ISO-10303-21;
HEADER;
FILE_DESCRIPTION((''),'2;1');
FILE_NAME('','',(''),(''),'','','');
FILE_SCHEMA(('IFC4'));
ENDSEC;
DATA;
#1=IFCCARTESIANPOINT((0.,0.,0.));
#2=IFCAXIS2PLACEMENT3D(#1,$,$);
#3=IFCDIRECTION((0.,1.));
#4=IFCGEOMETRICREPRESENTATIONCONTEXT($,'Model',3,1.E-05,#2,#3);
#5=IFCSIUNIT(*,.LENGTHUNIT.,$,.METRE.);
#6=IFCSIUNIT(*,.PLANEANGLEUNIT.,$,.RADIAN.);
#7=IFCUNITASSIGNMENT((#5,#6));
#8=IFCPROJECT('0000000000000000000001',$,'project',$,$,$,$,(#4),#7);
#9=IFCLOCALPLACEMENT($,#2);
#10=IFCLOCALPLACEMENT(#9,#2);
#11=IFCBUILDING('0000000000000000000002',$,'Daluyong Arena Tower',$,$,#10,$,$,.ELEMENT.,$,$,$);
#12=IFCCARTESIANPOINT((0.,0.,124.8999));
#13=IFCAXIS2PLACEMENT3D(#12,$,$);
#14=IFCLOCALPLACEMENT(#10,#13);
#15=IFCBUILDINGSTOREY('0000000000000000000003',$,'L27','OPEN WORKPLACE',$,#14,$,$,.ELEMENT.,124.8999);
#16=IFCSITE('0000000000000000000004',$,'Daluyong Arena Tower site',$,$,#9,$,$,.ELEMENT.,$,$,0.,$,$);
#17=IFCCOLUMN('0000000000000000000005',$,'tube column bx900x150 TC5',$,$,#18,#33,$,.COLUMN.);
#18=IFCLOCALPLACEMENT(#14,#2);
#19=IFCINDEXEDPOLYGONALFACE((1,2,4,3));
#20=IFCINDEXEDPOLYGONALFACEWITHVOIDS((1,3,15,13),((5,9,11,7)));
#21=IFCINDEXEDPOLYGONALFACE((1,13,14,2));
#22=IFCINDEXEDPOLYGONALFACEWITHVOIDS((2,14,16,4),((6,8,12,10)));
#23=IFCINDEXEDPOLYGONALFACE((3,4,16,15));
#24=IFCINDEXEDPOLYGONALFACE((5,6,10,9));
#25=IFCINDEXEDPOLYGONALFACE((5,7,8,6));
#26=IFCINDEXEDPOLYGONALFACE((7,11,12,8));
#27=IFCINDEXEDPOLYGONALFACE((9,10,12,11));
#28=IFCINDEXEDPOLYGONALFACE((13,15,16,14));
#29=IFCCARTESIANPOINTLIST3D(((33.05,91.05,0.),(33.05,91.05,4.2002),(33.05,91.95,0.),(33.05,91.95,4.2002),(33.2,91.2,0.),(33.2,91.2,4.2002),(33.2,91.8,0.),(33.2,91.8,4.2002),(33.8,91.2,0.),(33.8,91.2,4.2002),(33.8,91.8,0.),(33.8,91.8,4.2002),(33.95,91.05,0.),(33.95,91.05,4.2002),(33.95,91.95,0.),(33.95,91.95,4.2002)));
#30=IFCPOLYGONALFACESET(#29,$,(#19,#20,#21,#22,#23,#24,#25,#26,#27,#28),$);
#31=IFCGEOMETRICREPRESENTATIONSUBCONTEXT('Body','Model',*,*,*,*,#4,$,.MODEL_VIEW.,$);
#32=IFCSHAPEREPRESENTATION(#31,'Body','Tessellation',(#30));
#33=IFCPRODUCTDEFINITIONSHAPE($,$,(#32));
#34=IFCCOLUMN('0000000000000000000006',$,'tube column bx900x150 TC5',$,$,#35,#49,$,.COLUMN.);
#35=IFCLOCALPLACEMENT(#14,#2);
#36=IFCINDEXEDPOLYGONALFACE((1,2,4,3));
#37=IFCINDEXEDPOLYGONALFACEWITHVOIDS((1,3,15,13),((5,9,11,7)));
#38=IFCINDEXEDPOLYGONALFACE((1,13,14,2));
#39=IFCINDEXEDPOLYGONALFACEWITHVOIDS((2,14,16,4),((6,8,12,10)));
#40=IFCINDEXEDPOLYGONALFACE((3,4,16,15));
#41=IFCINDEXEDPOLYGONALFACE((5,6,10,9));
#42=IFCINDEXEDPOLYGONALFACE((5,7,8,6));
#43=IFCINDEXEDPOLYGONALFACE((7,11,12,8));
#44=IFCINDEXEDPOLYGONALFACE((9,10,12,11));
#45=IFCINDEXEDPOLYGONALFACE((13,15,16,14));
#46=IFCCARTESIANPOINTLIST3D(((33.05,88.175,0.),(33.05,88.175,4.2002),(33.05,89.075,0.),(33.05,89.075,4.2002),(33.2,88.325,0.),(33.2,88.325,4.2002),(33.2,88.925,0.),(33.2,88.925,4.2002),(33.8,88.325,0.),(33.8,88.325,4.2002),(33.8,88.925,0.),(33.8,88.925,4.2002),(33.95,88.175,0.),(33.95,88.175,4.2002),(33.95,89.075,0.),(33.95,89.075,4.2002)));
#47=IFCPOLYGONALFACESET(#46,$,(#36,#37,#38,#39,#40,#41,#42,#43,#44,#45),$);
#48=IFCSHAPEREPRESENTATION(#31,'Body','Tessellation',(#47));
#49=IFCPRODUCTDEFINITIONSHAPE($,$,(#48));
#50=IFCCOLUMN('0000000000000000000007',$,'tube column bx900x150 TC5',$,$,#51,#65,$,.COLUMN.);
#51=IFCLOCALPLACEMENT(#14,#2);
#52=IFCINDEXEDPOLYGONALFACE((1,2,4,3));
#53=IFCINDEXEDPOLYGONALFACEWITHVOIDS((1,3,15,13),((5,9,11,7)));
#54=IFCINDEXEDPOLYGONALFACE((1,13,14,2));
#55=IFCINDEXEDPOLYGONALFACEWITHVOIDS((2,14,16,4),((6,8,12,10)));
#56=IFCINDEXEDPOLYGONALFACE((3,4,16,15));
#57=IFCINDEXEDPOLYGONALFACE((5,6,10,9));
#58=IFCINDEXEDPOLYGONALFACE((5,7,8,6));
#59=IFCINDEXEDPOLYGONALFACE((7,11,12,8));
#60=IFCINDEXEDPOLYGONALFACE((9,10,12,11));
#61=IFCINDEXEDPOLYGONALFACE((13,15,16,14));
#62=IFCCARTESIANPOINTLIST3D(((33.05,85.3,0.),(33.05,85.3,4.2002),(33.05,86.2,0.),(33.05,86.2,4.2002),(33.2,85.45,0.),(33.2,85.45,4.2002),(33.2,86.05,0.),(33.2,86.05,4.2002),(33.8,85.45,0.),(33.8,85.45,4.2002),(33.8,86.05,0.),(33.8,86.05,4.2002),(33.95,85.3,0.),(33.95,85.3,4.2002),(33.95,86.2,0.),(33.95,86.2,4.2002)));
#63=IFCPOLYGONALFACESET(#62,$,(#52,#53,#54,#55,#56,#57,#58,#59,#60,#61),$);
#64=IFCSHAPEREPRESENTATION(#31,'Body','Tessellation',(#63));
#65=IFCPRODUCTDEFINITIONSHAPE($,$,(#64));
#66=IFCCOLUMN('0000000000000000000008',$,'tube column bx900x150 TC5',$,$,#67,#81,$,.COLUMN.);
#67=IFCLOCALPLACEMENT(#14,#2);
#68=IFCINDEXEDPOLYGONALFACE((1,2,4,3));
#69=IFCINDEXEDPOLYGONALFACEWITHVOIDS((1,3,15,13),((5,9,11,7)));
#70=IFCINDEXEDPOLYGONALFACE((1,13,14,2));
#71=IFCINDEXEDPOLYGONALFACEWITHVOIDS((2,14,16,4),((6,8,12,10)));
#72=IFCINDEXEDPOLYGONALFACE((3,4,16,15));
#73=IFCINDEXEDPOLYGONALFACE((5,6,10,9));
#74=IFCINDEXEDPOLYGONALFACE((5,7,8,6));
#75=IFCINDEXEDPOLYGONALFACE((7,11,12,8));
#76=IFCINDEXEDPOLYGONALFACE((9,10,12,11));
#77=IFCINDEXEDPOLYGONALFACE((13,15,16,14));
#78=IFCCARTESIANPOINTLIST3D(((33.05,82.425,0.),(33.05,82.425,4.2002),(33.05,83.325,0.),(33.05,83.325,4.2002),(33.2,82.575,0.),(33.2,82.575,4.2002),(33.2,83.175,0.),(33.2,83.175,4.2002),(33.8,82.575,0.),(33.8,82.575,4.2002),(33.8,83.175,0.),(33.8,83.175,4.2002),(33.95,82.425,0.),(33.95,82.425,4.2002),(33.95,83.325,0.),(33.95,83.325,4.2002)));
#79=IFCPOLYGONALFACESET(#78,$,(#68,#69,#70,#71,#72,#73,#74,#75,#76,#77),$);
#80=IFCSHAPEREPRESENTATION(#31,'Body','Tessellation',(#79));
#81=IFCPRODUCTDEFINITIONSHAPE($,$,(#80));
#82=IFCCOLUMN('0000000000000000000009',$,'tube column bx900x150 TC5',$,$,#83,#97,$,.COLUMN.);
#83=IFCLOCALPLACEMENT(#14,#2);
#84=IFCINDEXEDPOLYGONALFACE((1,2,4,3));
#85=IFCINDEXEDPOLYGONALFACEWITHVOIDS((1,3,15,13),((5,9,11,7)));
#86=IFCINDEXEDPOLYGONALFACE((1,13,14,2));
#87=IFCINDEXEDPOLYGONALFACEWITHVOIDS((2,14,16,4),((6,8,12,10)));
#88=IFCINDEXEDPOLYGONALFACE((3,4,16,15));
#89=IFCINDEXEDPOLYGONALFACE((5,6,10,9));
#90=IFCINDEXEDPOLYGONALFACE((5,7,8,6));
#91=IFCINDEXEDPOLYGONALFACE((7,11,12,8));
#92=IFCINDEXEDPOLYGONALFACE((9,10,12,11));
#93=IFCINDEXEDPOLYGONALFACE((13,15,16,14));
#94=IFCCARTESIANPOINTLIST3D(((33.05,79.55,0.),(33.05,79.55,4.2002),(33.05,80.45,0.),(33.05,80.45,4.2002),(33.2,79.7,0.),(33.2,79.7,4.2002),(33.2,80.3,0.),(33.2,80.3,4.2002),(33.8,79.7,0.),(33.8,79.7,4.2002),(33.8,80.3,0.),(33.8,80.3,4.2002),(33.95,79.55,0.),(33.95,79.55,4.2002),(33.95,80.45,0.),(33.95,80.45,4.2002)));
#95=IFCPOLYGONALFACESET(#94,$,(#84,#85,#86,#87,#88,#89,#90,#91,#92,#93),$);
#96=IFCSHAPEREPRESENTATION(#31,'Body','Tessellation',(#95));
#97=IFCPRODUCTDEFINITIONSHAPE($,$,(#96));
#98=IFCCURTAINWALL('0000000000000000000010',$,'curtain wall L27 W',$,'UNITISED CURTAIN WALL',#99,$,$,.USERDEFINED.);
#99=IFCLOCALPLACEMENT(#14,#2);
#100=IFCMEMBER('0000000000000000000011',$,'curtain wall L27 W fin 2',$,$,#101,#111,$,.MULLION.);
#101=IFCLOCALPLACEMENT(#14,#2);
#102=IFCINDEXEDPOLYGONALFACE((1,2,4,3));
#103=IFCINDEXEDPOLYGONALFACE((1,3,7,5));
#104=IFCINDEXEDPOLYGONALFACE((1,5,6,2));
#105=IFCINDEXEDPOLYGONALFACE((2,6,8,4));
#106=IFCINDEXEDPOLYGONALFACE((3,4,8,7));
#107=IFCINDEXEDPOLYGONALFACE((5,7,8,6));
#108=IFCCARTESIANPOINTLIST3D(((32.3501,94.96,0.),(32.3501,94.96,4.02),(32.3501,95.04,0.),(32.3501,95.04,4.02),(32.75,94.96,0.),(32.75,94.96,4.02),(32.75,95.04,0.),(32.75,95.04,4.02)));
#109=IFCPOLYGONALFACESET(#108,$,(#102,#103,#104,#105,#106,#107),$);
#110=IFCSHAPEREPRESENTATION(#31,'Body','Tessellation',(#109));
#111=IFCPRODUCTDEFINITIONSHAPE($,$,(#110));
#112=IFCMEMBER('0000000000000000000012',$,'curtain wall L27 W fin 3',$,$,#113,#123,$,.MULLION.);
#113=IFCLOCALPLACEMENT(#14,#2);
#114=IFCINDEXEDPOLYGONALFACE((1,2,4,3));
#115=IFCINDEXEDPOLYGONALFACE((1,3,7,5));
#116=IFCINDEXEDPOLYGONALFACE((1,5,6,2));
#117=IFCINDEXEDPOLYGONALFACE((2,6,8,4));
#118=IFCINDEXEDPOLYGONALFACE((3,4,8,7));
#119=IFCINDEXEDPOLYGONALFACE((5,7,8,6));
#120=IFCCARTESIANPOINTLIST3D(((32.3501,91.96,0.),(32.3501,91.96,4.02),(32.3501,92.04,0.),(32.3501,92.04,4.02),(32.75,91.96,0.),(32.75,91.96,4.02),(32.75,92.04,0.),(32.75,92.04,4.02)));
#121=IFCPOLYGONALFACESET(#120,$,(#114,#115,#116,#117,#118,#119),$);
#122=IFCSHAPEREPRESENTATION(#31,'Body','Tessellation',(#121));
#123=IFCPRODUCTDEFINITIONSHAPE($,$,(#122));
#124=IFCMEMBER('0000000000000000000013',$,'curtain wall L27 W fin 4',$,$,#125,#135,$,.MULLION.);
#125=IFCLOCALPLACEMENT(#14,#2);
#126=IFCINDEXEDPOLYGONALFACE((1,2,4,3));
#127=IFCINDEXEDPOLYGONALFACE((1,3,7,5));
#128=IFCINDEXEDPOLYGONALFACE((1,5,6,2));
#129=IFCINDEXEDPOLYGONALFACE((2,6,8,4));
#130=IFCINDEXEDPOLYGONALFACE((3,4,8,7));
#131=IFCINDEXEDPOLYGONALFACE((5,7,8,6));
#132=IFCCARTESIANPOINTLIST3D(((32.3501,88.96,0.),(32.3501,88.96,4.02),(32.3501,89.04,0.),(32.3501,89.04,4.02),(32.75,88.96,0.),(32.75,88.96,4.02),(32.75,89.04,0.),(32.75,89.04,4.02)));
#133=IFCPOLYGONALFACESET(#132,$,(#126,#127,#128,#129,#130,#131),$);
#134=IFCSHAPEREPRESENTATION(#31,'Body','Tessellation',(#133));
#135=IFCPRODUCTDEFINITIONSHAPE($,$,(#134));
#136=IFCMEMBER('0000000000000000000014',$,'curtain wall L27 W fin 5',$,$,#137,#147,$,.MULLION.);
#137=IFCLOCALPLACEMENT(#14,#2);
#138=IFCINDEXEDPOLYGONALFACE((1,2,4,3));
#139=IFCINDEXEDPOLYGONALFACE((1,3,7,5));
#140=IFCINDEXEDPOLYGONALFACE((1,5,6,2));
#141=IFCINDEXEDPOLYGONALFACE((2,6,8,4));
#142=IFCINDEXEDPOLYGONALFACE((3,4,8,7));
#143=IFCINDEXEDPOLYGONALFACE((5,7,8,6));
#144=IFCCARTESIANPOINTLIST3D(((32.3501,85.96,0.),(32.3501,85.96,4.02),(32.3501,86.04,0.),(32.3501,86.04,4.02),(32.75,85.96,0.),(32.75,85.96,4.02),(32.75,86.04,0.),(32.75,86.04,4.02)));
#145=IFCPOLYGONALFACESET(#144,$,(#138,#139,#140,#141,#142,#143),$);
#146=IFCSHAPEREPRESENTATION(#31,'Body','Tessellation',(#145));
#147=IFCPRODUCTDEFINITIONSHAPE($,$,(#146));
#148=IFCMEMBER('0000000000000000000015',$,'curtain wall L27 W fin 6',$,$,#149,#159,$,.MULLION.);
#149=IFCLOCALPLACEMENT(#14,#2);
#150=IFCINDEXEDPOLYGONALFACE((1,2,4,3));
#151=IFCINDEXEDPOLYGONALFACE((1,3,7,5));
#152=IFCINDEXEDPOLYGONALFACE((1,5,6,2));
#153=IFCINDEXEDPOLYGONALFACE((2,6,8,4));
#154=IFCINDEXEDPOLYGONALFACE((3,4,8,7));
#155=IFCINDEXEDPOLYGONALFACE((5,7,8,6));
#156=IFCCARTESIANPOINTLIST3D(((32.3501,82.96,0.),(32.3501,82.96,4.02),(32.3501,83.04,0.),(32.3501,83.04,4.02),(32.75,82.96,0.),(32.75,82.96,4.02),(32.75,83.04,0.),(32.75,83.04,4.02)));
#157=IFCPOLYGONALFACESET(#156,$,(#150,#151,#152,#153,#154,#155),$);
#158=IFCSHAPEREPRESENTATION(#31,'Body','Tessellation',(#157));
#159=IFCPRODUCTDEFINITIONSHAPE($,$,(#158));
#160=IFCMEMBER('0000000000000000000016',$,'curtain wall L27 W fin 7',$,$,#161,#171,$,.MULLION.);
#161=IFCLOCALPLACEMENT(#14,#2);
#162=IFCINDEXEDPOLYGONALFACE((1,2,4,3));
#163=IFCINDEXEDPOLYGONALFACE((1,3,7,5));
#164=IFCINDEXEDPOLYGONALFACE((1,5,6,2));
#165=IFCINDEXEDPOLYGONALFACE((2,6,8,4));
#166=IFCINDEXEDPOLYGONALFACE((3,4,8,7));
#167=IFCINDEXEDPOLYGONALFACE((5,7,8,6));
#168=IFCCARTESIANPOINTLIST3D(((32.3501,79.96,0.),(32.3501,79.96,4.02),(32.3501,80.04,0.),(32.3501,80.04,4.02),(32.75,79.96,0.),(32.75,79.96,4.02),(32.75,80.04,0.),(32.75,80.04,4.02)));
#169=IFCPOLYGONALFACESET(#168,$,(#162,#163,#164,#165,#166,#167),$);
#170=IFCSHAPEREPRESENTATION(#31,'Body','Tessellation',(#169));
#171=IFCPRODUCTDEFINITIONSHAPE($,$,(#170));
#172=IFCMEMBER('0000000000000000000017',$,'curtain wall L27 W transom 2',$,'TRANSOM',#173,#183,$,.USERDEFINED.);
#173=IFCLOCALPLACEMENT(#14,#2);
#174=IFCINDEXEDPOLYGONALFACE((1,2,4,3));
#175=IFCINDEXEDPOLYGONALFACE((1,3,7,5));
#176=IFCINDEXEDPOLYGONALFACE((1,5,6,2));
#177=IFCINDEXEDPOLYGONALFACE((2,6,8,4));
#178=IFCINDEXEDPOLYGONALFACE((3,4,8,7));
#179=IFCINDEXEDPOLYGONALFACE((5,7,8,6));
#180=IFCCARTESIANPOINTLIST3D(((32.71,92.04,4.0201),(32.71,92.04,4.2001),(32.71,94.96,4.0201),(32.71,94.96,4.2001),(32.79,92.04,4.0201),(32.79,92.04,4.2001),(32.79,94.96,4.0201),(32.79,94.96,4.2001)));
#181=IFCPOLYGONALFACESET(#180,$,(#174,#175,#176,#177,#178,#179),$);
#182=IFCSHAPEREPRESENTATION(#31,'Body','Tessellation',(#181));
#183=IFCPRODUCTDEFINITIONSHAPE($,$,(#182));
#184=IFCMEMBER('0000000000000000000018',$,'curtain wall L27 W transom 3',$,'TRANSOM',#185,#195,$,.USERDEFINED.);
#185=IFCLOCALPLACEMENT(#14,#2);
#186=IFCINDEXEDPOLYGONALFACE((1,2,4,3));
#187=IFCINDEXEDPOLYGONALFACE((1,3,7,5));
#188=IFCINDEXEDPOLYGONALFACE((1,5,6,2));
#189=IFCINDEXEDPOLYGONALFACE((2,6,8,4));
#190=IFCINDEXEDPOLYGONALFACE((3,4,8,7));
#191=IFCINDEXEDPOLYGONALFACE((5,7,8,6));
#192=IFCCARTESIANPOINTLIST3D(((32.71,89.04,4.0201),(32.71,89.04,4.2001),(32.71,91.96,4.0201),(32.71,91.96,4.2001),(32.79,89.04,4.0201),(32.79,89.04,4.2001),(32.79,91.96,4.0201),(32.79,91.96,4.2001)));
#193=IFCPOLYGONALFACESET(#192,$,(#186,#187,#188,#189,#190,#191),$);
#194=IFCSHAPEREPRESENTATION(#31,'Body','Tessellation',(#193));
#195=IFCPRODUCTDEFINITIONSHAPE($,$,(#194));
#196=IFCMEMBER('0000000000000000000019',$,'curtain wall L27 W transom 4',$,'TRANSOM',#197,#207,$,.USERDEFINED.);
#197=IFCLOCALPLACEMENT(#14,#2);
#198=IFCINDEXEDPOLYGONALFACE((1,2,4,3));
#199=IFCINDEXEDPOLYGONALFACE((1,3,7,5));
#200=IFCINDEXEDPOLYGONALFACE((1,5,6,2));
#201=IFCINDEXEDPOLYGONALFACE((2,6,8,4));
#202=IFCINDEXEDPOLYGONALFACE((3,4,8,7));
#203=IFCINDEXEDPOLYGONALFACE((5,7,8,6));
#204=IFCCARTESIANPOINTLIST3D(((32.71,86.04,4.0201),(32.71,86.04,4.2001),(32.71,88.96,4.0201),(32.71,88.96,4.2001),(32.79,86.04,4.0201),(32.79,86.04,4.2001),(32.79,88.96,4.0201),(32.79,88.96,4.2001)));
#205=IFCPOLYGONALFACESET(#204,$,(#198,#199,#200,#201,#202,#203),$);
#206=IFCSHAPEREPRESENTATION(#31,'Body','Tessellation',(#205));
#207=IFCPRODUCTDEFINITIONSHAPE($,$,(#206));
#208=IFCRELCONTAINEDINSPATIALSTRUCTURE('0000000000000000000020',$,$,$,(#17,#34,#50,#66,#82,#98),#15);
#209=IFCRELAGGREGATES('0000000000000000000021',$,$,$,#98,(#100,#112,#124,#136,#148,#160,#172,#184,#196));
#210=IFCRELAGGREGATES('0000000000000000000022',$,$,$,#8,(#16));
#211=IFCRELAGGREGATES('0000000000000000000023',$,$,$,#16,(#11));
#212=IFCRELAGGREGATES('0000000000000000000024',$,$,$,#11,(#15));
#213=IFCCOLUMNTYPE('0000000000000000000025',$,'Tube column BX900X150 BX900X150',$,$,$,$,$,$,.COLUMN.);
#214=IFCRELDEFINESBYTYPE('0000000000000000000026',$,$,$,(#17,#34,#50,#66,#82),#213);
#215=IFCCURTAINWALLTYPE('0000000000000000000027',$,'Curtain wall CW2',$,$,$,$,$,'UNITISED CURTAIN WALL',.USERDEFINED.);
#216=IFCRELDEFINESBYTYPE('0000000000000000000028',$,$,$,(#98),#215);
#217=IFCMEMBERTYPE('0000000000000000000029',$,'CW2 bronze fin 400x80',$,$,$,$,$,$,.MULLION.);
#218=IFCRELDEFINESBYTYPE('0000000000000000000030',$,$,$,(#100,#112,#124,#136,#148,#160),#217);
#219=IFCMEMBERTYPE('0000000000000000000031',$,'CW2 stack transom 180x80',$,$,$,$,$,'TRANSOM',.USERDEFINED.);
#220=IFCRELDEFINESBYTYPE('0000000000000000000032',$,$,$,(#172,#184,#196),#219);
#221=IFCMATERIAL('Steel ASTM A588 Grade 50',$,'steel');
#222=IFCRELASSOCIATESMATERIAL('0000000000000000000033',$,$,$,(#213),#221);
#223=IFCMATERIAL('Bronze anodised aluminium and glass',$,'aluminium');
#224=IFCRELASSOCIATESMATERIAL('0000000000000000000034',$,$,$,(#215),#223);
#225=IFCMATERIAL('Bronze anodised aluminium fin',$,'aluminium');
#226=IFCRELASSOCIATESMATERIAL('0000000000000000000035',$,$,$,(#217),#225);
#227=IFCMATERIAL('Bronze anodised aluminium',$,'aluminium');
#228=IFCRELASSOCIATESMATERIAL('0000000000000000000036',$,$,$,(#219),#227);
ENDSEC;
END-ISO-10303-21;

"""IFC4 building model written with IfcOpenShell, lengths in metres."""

from ifc_helpers import new_model, si_unit, direction, frame, origin, origin_2d, place, context, subcontext, project, spatial, rectangle, hollow_rectangle, extrude, material, material_profile, profile_set, type_object, element, aggregate, save


model = new_model("IFC4")

# Units and contexts
model_context = context("Model", 3, precision=1e-05, world=origin(), true_north=direction((0.0, 1.0)))
body_context = subcontext(model_context, "Body", "Model", "MODEL_VIEW")
ifc_project = project(units=[si_unit("LENGTHUNIT", "METRE"), si_unit("PLANEANGLEUNIT", "RADIAN")], contexts=[model_context])

# Site, building, storey
site_placement = place(None, origin())
site = spatial("IfcSite", under=ifc_project, at=site_placement, Name="Daluyong Arena Tower site", CompositionType="ELEMENT", RefElevation=0.0)
building_placement = place(site_placement, origin())
building = spatial("IfcBuilding", under=site, at=building_placement, Name="Daluyong Arena Tower", CompositionType="ELEMENT")
storey_placement = place(building_placement, frame((0.0, 0.0, 124.8999)))
storey = spatial("IfcBuildingStorey", under=building, at=storey_placement, Name="L27", Description="OPEN WORKPLACE", CompositionType="ELEMENT", Elevation=124.8999)

# Columns
ifc_material_1 = material(Name="Steel ASTM A588 Grade 50", Category="steel")
ifc_material_profile_1 = material_profile(ifc_material_1, hollow_rectangle(XDim=0.8999, YDim=0.8999, WallThickness=0.15, at=origin_2d()))
ifc_profile_set_1 = profile_set([ifc_material_profile_1], Name="Steel ASTM A588 Grade 50")
column_type = type_object("IfcColumnType", Name="Tube column BX900X150 BX900X150", PredefinedType="COLUMN", material=ifc_profile_set_1)
for number, where, z_axis, x_axis, name in (
    (1, (33.5, 91.5, 0.0), (0.0, 0.0, 1.0), (0.0, 1.0, 0.0), "tube column bx900x150 TC5"),
    (2, (33.5, 88.625, 0.0), (0.0, 0.0, 1.0), (0.0, 1.0, 0.0), "tube column bx900x150 TC5"),
    (3, (33.5, 85.75, 0.0), (0.0, 0.0, 1.0), (0.0, 1.0, 0.0), "tube column bx900x150 TC5"),
    (4, (33.5, 82.875, 0.0), (0.0, 0.0, 1.0), (0.0, 1.0, 0.0), "tube column bx900x150 TC5"),
    (5, (33.5, 80.0, 0.0), (0.0, 0.0, 1.0), (0.0, 1.0, 0.0), "tube column bx900x150 TC5"),
):
    element("IfcColumn", number, at=place(storey_placement, frame(where, z_axis=z_axis, x_axis=x_axis)), inside=storey, type_object=column_type, Name=name, PredefinedType="COLUMN", context=body_context, shape_type="SweptSolid", body=[
        extrude(hollow_rectangle(XDim=0.8999, YDim=0.8999, WallThickness=0.15, at=origin_2d()), origin(), (0.0, 0.0, 1.0), 4.2002),
    ])

# Curtain wall, members
ifc_material_2 = material(Name="Bronze anodised aluminium and glass", Category="aluminium")
curtain_wall_type = type_object("IfcCurtainWallType", Name="Curtain wall CW2", ElementType="UNITISED CURTAIN WALL", PredefinedType="USERDEFINED", material=ifc_material_2)
curtain_wall_placement = place(storey_placement, origin())
curtain_wall = element("IfcCurtainWall", 6, at=curtain_wall_placement, inside=storey, type_object=curtain_wall_type, Name="curtain wall L27 W", ObjectType="UNITISED CURTAIN WALL", PredefinedType="USERDEFINED")
ifc_material_3 = material(Name="Bronze anodised aluminium fin", Category="aluminium")
ifc_material_profile_2 = material_profile(ifc_material_3, rectangle(XDim=0.3999, YDim=0.0801, at=origin_2d()))
ifc_profile_set_2 = profile_set([ifc_material_profile_2], Name="Bronze anodised aluminium fin")
member_type_1 = type_object("IfcMemberType", Name="CW2 bronze fin 400x80", PredefinedType="MULLION", material=ifc_profile_set_2)
member_1_placement = place(storey_placement, frame((32.55, 95.0, 0.0), z_axis=(0.0, 0.0, 1.0), x_axis=(1.0, 0.0, 0.0)))
member_1 = element("IfcMember", 7, at=member_1_placement, type_object=member_type_1, Name="curtain wall L27 W fin 2", PredefinedType="MULLION", context=body_context, shape_type="SweptSolid", body=[
    extrude(rectangle(XDim=0.3999, YDim=0.0801, at=origin_2d()), origin(), (0.0, 0.0, 1.0), 4.02),
])
member_2_placement = place(storey_placement, frame((32.55, 92.0, 0.0), z_axis=(0.0, 0.0, 1.0), x_axis=(1.0, 0.0, 0.0)))
member_2 = element("IfcMember", 8, at=member_2_placement, type_object=member_type_1, Name="curtain wall L27 W fin 3", PredefinedType="MULLION", context=body_context, shape_type="SweptSolid", body=[
    extrude(rectangle(XDim=0.3999, YDim=0.0801, at=origin_2d()), origin(), (0.0, 0.0, 1.0), 4.02),
])
member_3_placement = place(storey_placement, frame((32.55, 89.0, 0.0), z_axis=(0.0, 0.0, 1.0), x_axis=(1.0, 0.0, 0.0)))
member_3 = element("IfcMember", 9, at=member_3_placement, type_object=member_type_1, Name="curtain wall L27 W fin 4", PredefinedType="MULLION", context=body_context, shape_type="SweptSolid", body=[
    extrude(rectangle(XDim=0.3999, YDim=0.0801, at=origin_2d()), origin(), (0.0, 0.0, 1.0), 4.02),
])
member_4_placement = place(storey_placement, frame((32.55, 86.0, 0.0), z_axis=(0.0, 0.0, 1.0), x_axis=(1.0, 0.0, 0.0)))
member_4 = element("IfcMember", 10, at=member_4_placement, type_object=member_type_1, Name="curtain wall L27 W fin 5", PredefinedType="MULLION", context=body_context, shape_type="SweptSolid", body=[
    extrude(rectangle(XDim=0.3999, YDim=0.0801, at=origin_2d()), origin(), (0.0, 0.0, 1.0), 4.02),
])
member_5_placement = place(storey_placement, frame((32.55, 83.0, 0.0), z_axis=(0.0, 0.0, 1.0), x_axis=(1.0, 0.0, 0.0)))
member_5 = element("IfcMember", 11, at=member_5_placement, type_object=member_type_1, Name="curtain wall L27 W fin 6", PredefinedType="MULLION", context=body_context, shape_type="SweptSolid", body=[
    extrude(rectangle(XDim=0.3999, YDim=0.0801, at=origin_2d()), origin(), (0.0, 0.0, 1.0), 4.02),
])
member_6_placement = place(storey_placement, frame((32.55, 80.0, 0.0), z_axis=(0.0, 0.0, 1.0), x_axis=(1.0, 0.0, 0.0)))
member_6 = element("IfcMember", 12, at=member_6_placement, type_object=member_type_1, Name="curtain wall L27 W fin 7", PredefinedType="MULLION", context=body_context, shape_type="SweptSolid", body=[
    extrude(rectangle(XDim=0.3999, YDim=0.0801, at=origin_2d()), origin(), (0.0, 0.0, 1.0), 4.02),
])
ifc_material_4 = material(Name="Bronze anodised aluminium", Category="aluminium")
ifc_material_profile_3 = material_profile(ifc_material_4, rectangle(XDim=0.0801, YDim=0.1799, at=origin_2d()))
ifc_profile_set_3 = profile_set([ifc_material_profile_3], Name="Bronze anodised aluminium")
member_type_2 = type_object("IfcMemberType", Name="CW2 stack transom 180x80", ElementType="TRANSOM", PredefinedType="USERDEFINED", material=ifc_profile_set_3)
member_7_placement = place(storey_placement, frame((32.75, 94.96, 4.1101), z_axis=(0.0, -1.0, 0.0), x_axis=(1.0, 0.0, 0.0)))
member_7 = element("IfcMember", 13, at=member_7_placement, type_object=member_type_2, Name="curtain wall L27 W transom 2", ObjectType="TRANSOM", PredefinedType="USERDEFINED", context=body_context, shape_type="SweptSolid", body=[
    extrude(rectangle(XDim=0.0801, YDim=0.1799, at=origin_2d()), origin(), (0.0, 0.0, 1.0), 2.9199),
])
member_8_placement = place(storey_placement, frame((32.75, 91.96, 4.1101), z_axis=(0.0, -1.0, 0.0), x_axis=(1.0, 0.0, 0.0)))
member_8 = element("IfcMember", 14, at=member_8_placement, type_object=member_type_2, Name="curtain wall L27 W transom 3", ObjectType="TRANSOM", PredefinedType="USERDEFINED", context=body_context, shape_type="SweptSolid", body=[
    extrude(rectangle(XDim=0.0801, YDim=0.1799, at=origin_2d()), origin(), (0.0, 0.0, 1.0), 2.9199),
])
member_9_placement = place(storey_placement, frame((32.75, 88.96, 4.1101), z_axis=(0.0, -1.0, 0.0), x_axis=(1.0, 0.0, 0.0)))
member_9 = element("IfcMember", 15, at=member_9_placement, type_object=member_type_2, Name="curtain wall L27 W transom 4", ObjectType="TRANSOM", PredefinedType="USERDEFINED", context=body_context, shape_type="SweptSolid", body=[
    extrude(rectangle(XDim=0.0801, YDim=0.1799, at=origin_2d()), origin(), (0.0, 0.0, 1.0), 2.9199),
])

aggregate(curtain_wall, [member_1, member_2, member_3, member_4, member_5, member_6, member_7, member_8, member_9])

save(model, "model.ifc")
